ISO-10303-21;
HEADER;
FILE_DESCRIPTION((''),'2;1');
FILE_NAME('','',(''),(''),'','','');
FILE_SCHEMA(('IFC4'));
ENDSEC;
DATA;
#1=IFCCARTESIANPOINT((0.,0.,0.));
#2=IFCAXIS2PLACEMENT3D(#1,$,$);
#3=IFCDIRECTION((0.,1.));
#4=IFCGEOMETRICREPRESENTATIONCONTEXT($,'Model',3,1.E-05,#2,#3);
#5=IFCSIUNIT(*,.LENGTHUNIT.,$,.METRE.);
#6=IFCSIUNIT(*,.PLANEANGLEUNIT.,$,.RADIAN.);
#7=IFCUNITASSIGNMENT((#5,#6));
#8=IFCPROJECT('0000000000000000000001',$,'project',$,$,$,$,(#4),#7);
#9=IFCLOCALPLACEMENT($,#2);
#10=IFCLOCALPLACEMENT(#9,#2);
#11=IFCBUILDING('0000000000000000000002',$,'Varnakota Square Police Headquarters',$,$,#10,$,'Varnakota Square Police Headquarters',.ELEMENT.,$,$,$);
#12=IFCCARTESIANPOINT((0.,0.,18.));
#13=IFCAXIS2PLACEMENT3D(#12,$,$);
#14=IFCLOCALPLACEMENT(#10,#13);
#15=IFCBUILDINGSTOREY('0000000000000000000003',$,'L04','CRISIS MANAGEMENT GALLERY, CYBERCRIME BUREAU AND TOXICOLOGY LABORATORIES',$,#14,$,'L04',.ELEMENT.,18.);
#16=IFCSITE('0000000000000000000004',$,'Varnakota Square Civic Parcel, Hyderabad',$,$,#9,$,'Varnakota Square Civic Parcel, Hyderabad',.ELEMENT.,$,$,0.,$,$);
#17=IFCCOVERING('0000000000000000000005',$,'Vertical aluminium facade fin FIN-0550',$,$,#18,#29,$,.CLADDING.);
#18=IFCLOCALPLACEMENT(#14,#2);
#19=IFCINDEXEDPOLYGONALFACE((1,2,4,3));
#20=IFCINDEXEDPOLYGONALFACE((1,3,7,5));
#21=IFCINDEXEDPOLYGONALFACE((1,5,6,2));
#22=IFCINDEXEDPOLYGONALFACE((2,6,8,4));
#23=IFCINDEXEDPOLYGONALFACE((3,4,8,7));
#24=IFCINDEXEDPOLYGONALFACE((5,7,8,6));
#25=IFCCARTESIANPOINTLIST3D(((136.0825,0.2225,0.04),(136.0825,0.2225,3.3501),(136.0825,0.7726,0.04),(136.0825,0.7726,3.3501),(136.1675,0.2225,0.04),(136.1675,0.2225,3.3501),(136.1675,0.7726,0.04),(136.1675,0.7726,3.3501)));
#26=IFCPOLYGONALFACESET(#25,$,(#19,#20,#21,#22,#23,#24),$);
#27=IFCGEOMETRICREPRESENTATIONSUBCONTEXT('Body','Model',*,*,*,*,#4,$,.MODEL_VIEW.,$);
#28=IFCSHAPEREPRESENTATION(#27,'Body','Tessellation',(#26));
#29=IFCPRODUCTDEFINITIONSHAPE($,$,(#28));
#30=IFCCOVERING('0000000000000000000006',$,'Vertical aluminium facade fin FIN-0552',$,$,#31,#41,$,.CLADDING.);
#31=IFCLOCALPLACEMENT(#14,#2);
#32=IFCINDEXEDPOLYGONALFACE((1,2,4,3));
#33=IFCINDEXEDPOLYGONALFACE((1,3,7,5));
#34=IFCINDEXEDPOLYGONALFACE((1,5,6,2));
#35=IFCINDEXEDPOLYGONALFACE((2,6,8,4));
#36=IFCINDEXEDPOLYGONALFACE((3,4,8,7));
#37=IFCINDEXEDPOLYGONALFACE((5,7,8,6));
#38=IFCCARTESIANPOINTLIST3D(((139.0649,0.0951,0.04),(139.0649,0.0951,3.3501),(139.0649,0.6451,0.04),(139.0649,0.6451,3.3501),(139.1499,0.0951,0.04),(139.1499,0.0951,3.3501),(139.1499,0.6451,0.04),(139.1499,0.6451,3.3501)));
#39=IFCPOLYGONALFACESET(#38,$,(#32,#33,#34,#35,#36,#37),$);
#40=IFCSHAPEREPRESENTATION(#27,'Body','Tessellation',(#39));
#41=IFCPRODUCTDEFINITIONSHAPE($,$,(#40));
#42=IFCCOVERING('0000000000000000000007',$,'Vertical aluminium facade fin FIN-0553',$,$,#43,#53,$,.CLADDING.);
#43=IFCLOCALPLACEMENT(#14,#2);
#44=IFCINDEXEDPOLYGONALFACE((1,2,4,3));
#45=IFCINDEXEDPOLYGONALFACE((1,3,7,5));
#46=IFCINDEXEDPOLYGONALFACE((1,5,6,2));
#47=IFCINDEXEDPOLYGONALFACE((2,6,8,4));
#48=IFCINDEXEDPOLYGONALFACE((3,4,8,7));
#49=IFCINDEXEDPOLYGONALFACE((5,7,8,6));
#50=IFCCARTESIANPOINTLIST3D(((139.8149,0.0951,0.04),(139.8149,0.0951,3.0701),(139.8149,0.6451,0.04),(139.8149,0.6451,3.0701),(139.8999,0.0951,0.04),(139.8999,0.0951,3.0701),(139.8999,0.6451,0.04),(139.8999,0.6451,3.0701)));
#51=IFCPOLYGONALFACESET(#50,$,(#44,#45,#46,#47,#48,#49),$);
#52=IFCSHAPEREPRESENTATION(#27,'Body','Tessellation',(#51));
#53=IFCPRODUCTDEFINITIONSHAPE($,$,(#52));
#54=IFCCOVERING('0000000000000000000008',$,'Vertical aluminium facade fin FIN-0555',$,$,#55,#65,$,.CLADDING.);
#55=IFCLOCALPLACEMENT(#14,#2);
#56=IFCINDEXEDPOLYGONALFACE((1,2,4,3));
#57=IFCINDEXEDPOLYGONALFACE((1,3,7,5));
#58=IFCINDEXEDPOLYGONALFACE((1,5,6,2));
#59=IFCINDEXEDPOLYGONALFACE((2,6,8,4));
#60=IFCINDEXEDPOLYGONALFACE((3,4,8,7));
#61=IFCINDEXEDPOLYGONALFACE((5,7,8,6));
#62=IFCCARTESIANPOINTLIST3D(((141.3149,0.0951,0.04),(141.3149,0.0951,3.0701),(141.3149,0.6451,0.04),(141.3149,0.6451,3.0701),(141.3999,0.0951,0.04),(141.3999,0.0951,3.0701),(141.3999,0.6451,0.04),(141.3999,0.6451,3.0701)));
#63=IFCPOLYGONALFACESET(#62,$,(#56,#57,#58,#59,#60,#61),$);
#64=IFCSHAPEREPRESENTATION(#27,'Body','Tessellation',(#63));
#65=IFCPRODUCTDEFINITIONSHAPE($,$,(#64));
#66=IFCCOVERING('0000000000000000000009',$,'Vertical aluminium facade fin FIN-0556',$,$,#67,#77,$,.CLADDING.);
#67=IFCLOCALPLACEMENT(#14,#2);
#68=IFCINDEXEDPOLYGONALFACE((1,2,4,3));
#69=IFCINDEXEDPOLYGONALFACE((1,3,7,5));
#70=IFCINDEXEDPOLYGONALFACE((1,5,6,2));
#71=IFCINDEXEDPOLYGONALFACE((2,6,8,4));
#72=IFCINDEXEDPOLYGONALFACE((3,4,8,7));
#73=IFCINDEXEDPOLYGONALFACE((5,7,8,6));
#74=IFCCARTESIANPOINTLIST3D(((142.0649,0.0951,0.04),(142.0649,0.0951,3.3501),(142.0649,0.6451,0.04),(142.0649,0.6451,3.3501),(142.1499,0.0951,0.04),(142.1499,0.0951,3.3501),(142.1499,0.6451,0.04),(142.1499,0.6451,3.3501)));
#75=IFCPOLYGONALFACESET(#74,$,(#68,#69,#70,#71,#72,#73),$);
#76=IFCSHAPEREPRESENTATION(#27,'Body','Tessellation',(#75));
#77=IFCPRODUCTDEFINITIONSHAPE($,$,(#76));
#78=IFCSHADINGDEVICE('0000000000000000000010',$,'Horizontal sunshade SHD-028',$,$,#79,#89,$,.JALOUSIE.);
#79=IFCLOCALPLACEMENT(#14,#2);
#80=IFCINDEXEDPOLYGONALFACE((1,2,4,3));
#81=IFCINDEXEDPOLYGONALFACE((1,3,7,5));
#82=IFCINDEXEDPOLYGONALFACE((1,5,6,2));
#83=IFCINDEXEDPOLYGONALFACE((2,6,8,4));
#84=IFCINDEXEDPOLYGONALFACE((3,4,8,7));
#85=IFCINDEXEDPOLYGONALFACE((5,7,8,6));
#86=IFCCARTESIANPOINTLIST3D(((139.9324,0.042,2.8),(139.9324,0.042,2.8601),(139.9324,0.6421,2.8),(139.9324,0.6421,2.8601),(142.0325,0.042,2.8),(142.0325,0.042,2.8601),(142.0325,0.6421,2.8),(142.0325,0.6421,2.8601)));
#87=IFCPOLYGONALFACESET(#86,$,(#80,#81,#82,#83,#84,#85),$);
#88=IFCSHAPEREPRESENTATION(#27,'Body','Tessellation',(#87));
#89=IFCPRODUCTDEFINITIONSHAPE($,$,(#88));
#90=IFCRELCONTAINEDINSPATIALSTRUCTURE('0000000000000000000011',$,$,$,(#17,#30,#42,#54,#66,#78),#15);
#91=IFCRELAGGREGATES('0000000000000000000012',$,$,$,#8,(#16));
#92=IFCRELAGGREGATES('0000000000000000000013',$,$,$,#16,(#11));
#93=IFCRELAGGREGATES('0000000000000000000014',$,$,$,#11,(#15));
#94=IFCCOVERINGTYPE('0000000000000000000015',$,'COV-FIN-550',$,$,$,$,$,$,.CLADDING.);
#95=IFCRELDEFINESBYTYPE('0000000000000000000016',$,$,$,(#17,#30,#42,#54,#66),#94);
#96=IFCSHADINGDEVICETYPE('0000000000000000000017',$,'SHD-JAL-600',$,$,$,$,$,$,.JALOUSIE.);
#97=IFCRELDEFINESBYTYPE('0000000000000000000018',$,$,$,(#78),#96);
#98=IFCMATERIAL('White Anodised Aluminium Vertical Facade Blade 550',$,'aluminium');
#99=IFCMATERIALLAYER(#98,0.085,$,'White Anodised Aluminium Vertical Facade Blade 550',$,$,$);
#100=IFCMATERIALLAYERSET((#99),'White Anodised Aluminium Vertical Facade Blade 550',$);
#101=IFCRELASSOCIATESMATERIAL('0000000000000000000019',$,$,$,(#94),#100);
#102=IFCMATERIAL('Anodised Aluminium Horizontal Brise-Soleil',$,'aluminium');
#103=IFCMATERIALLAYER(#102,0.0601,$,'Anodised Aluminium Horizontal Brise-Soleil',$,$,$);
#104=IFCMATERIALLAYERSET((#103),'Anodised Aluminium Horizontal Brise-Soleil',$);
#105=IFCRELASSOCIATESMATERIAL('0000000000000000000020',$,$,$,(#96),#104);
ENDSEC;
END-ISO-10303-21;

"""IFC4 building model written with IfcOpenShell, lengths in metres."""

from ifc_helpers import new_model, si_unit, direction, frame, origin, origin_2d, place, context, subcontext, project, spatial, rectangle, extrude, material, layer, layer_set, type_object, element, save


model = new_model("IFC4")

# Units and contexts
model_context = context("Model", 3, precision=1e-05, world=origin(), true_north=direction((0.0, 1.0)))
body_context = subcontext(model_context, "Body", "Model", "MODEL_VIEW")
ifc_project = project(units=[si_unit("LENGTHUNIT", "METRE"), si_unit("PLANEANGLEUNIT", "RADIAN")], contexts=[model_context])

# Site, building, storey
site_placement = place(None, origin())
site = spatial("IfcSite", under=ifc_project, at=site_placement, Name="Varnakota Square Civic Parcel, Hyderabad", LongName="Varnakota Square Civic Parcel, Hyderabad", CompositionType="ELEMENT", RefElevation=0.0)
building_placement = place(site_placement, origin())
building = spatial("IfcBuilding", under=site, at=building_placement, Name="Varnakota Square Police Headquarters", LongName="Varnakota Square Police Headquarters", CompositionType="ELEMENT")
storey_placement = place(building_placement, frame((0.0, 0.0, 18.0)))
storey = spatial("IfcBuildingStorey", under=building, at=storey_placement, Name="L04", Description="CRISIS MANAGEMENT GALLERY, CYBERCRIME BUREAU AND TOXICOLOGY LABORATORIES", LongName="L04", CompositionType="ELEMENT", Elevation=18.0)

# Coverings
ifc_material_1 = material(Name="White Anodised Aluminium Vertical Facade Blade 550", Category="aluminium")
ifc_layer_1 = layer(ifc_material_1, 0.085, Name="White Anodised Aluminium Vertical Facade Blade 550")
ifc_layer_set_1 = layer_set([ifc_layer_1], Name="White Anodised Aluminium Vertical Facade Blade 550")
covering_type_1 = type_object("IfcCoveringType", Name="COV-FIN-550", PredefinedType="CLADDING", material=ifc_layer_set_1)
for number, where, z_axis, x_axis, name in (
    (1, (136.125, 0.4976, 0.04), (0.0, 0.0, 1.0), (1.0, 0.0, 0.0), "Vertical aluminium facade fin FIN-0550"),
    (2, (139.1074, 0.3701, 0.04), (0.0, 0.0, 1.0), (1.0, 0.0, 0.0), "Vertical aluminium facade fin FIN-0552"),
):
    element("IfcCovering", number, at=place(storey_placement, frame(where, z_axis=z_axis, x_axis=x_axis)), inside=storey, type_object=covering_type_1, Name=name, PredefinedType="CLADDING", context=body_context, shape_type="SweptSolid", body=[
        extrude(rectangle(XDim=0.085, YDim=0.55, at=origin_2d()), origin(), (0.0, 0.0, 1.0), 3.3101),
    ])
for number, where, z_axis, x_axis, name in (
    (3, (139.8574, 0.3701, 0.04), (0.0, 0.0, 1.0), (1.0, 0.0, 0.0), "Vertical aluminium facade fin FIN-0553"),
    (4, (141.3574, 0.3701, 0.04), (0.0, 0.0, 1.0), (1.0, 0.0, 0.0), "Vertical aluminium facade fin FIN-0555"),
):
    element("IfcCovering", number, at=place(storey_placement, frame(where, z_axis=z_axis, x_axis=x_axis)), inside=storey, type_object=covering_type_1, Name=name, PredefinedType="CLADDING", context=body_context, shape_type="SweptSolid", body=[
        extrude(rectangle(XDim=0.085, YDim=0.55, at=origin_2d()), origin(), (0.0, 0.0, 1.0), 3.03),
    ])
covering_1_placement = place(storey_placement, frame((142.1074, 0.3701, 0.04), z_axis=(0.0, 0.0, 1.0), x_axis=(1.0, 0.0, 0.0)))
element("IfcCovering", 5, at=covering_1_placement, inside=storey, type_object=covering_type_1, Name="Vertical aluminium facade fin FIN-0556", PredefinedType="CLADDING", context=body_context, shape_type="SweptSolid", body=[
    extrude(rectangle(XDim=0.085, YDim=0.55, at=origin_2d()), origin(), (0.0, 0.0, 1.0), 3.3101),
])

# Shading device
ifc_material_2 = material(Name="Anodised Aluminium Horizontal Brise-Soleil", Category="aluminium")
ifc_layer_2 = layer(ifc_material_2, 0.0601, Name="Anodised Aluminium Horizontal Brise-Soleil")
ifc_layer_set_2 = layer_set([ifc_layer_2], Name="Anodised Aluminium Horizontal Brise-Soleil")
shading_device_type = type_object("IfcShadingDeviceType", Name="SHD-JAL-600", PredefinedType="JALOUSIE", material=ifc_layer_set_2)
shading_device_placement = place(storey_placement, frame((140.9824, 0.342, 2.8), z_axis=(0.0, 0.0, 1.0), x_axis=(1.0, 0.0, 0.0)))
element("IfcShadingDevice", 6, at=shading_device_placement, inside=storey, type_object=shading_device_type, Name="Horizontal sunshade SHD-028", PredefinedType="JALOUSIE", context=body_context, shape_type="SweptSolid", body=[
    extrude(rectangle(XDim=2.1001, YDim=0.6001, at=origin_2d()), origin(), (0.0, 0.0, 1.0), 0.0601),
])

save(model, "model.ifc")
